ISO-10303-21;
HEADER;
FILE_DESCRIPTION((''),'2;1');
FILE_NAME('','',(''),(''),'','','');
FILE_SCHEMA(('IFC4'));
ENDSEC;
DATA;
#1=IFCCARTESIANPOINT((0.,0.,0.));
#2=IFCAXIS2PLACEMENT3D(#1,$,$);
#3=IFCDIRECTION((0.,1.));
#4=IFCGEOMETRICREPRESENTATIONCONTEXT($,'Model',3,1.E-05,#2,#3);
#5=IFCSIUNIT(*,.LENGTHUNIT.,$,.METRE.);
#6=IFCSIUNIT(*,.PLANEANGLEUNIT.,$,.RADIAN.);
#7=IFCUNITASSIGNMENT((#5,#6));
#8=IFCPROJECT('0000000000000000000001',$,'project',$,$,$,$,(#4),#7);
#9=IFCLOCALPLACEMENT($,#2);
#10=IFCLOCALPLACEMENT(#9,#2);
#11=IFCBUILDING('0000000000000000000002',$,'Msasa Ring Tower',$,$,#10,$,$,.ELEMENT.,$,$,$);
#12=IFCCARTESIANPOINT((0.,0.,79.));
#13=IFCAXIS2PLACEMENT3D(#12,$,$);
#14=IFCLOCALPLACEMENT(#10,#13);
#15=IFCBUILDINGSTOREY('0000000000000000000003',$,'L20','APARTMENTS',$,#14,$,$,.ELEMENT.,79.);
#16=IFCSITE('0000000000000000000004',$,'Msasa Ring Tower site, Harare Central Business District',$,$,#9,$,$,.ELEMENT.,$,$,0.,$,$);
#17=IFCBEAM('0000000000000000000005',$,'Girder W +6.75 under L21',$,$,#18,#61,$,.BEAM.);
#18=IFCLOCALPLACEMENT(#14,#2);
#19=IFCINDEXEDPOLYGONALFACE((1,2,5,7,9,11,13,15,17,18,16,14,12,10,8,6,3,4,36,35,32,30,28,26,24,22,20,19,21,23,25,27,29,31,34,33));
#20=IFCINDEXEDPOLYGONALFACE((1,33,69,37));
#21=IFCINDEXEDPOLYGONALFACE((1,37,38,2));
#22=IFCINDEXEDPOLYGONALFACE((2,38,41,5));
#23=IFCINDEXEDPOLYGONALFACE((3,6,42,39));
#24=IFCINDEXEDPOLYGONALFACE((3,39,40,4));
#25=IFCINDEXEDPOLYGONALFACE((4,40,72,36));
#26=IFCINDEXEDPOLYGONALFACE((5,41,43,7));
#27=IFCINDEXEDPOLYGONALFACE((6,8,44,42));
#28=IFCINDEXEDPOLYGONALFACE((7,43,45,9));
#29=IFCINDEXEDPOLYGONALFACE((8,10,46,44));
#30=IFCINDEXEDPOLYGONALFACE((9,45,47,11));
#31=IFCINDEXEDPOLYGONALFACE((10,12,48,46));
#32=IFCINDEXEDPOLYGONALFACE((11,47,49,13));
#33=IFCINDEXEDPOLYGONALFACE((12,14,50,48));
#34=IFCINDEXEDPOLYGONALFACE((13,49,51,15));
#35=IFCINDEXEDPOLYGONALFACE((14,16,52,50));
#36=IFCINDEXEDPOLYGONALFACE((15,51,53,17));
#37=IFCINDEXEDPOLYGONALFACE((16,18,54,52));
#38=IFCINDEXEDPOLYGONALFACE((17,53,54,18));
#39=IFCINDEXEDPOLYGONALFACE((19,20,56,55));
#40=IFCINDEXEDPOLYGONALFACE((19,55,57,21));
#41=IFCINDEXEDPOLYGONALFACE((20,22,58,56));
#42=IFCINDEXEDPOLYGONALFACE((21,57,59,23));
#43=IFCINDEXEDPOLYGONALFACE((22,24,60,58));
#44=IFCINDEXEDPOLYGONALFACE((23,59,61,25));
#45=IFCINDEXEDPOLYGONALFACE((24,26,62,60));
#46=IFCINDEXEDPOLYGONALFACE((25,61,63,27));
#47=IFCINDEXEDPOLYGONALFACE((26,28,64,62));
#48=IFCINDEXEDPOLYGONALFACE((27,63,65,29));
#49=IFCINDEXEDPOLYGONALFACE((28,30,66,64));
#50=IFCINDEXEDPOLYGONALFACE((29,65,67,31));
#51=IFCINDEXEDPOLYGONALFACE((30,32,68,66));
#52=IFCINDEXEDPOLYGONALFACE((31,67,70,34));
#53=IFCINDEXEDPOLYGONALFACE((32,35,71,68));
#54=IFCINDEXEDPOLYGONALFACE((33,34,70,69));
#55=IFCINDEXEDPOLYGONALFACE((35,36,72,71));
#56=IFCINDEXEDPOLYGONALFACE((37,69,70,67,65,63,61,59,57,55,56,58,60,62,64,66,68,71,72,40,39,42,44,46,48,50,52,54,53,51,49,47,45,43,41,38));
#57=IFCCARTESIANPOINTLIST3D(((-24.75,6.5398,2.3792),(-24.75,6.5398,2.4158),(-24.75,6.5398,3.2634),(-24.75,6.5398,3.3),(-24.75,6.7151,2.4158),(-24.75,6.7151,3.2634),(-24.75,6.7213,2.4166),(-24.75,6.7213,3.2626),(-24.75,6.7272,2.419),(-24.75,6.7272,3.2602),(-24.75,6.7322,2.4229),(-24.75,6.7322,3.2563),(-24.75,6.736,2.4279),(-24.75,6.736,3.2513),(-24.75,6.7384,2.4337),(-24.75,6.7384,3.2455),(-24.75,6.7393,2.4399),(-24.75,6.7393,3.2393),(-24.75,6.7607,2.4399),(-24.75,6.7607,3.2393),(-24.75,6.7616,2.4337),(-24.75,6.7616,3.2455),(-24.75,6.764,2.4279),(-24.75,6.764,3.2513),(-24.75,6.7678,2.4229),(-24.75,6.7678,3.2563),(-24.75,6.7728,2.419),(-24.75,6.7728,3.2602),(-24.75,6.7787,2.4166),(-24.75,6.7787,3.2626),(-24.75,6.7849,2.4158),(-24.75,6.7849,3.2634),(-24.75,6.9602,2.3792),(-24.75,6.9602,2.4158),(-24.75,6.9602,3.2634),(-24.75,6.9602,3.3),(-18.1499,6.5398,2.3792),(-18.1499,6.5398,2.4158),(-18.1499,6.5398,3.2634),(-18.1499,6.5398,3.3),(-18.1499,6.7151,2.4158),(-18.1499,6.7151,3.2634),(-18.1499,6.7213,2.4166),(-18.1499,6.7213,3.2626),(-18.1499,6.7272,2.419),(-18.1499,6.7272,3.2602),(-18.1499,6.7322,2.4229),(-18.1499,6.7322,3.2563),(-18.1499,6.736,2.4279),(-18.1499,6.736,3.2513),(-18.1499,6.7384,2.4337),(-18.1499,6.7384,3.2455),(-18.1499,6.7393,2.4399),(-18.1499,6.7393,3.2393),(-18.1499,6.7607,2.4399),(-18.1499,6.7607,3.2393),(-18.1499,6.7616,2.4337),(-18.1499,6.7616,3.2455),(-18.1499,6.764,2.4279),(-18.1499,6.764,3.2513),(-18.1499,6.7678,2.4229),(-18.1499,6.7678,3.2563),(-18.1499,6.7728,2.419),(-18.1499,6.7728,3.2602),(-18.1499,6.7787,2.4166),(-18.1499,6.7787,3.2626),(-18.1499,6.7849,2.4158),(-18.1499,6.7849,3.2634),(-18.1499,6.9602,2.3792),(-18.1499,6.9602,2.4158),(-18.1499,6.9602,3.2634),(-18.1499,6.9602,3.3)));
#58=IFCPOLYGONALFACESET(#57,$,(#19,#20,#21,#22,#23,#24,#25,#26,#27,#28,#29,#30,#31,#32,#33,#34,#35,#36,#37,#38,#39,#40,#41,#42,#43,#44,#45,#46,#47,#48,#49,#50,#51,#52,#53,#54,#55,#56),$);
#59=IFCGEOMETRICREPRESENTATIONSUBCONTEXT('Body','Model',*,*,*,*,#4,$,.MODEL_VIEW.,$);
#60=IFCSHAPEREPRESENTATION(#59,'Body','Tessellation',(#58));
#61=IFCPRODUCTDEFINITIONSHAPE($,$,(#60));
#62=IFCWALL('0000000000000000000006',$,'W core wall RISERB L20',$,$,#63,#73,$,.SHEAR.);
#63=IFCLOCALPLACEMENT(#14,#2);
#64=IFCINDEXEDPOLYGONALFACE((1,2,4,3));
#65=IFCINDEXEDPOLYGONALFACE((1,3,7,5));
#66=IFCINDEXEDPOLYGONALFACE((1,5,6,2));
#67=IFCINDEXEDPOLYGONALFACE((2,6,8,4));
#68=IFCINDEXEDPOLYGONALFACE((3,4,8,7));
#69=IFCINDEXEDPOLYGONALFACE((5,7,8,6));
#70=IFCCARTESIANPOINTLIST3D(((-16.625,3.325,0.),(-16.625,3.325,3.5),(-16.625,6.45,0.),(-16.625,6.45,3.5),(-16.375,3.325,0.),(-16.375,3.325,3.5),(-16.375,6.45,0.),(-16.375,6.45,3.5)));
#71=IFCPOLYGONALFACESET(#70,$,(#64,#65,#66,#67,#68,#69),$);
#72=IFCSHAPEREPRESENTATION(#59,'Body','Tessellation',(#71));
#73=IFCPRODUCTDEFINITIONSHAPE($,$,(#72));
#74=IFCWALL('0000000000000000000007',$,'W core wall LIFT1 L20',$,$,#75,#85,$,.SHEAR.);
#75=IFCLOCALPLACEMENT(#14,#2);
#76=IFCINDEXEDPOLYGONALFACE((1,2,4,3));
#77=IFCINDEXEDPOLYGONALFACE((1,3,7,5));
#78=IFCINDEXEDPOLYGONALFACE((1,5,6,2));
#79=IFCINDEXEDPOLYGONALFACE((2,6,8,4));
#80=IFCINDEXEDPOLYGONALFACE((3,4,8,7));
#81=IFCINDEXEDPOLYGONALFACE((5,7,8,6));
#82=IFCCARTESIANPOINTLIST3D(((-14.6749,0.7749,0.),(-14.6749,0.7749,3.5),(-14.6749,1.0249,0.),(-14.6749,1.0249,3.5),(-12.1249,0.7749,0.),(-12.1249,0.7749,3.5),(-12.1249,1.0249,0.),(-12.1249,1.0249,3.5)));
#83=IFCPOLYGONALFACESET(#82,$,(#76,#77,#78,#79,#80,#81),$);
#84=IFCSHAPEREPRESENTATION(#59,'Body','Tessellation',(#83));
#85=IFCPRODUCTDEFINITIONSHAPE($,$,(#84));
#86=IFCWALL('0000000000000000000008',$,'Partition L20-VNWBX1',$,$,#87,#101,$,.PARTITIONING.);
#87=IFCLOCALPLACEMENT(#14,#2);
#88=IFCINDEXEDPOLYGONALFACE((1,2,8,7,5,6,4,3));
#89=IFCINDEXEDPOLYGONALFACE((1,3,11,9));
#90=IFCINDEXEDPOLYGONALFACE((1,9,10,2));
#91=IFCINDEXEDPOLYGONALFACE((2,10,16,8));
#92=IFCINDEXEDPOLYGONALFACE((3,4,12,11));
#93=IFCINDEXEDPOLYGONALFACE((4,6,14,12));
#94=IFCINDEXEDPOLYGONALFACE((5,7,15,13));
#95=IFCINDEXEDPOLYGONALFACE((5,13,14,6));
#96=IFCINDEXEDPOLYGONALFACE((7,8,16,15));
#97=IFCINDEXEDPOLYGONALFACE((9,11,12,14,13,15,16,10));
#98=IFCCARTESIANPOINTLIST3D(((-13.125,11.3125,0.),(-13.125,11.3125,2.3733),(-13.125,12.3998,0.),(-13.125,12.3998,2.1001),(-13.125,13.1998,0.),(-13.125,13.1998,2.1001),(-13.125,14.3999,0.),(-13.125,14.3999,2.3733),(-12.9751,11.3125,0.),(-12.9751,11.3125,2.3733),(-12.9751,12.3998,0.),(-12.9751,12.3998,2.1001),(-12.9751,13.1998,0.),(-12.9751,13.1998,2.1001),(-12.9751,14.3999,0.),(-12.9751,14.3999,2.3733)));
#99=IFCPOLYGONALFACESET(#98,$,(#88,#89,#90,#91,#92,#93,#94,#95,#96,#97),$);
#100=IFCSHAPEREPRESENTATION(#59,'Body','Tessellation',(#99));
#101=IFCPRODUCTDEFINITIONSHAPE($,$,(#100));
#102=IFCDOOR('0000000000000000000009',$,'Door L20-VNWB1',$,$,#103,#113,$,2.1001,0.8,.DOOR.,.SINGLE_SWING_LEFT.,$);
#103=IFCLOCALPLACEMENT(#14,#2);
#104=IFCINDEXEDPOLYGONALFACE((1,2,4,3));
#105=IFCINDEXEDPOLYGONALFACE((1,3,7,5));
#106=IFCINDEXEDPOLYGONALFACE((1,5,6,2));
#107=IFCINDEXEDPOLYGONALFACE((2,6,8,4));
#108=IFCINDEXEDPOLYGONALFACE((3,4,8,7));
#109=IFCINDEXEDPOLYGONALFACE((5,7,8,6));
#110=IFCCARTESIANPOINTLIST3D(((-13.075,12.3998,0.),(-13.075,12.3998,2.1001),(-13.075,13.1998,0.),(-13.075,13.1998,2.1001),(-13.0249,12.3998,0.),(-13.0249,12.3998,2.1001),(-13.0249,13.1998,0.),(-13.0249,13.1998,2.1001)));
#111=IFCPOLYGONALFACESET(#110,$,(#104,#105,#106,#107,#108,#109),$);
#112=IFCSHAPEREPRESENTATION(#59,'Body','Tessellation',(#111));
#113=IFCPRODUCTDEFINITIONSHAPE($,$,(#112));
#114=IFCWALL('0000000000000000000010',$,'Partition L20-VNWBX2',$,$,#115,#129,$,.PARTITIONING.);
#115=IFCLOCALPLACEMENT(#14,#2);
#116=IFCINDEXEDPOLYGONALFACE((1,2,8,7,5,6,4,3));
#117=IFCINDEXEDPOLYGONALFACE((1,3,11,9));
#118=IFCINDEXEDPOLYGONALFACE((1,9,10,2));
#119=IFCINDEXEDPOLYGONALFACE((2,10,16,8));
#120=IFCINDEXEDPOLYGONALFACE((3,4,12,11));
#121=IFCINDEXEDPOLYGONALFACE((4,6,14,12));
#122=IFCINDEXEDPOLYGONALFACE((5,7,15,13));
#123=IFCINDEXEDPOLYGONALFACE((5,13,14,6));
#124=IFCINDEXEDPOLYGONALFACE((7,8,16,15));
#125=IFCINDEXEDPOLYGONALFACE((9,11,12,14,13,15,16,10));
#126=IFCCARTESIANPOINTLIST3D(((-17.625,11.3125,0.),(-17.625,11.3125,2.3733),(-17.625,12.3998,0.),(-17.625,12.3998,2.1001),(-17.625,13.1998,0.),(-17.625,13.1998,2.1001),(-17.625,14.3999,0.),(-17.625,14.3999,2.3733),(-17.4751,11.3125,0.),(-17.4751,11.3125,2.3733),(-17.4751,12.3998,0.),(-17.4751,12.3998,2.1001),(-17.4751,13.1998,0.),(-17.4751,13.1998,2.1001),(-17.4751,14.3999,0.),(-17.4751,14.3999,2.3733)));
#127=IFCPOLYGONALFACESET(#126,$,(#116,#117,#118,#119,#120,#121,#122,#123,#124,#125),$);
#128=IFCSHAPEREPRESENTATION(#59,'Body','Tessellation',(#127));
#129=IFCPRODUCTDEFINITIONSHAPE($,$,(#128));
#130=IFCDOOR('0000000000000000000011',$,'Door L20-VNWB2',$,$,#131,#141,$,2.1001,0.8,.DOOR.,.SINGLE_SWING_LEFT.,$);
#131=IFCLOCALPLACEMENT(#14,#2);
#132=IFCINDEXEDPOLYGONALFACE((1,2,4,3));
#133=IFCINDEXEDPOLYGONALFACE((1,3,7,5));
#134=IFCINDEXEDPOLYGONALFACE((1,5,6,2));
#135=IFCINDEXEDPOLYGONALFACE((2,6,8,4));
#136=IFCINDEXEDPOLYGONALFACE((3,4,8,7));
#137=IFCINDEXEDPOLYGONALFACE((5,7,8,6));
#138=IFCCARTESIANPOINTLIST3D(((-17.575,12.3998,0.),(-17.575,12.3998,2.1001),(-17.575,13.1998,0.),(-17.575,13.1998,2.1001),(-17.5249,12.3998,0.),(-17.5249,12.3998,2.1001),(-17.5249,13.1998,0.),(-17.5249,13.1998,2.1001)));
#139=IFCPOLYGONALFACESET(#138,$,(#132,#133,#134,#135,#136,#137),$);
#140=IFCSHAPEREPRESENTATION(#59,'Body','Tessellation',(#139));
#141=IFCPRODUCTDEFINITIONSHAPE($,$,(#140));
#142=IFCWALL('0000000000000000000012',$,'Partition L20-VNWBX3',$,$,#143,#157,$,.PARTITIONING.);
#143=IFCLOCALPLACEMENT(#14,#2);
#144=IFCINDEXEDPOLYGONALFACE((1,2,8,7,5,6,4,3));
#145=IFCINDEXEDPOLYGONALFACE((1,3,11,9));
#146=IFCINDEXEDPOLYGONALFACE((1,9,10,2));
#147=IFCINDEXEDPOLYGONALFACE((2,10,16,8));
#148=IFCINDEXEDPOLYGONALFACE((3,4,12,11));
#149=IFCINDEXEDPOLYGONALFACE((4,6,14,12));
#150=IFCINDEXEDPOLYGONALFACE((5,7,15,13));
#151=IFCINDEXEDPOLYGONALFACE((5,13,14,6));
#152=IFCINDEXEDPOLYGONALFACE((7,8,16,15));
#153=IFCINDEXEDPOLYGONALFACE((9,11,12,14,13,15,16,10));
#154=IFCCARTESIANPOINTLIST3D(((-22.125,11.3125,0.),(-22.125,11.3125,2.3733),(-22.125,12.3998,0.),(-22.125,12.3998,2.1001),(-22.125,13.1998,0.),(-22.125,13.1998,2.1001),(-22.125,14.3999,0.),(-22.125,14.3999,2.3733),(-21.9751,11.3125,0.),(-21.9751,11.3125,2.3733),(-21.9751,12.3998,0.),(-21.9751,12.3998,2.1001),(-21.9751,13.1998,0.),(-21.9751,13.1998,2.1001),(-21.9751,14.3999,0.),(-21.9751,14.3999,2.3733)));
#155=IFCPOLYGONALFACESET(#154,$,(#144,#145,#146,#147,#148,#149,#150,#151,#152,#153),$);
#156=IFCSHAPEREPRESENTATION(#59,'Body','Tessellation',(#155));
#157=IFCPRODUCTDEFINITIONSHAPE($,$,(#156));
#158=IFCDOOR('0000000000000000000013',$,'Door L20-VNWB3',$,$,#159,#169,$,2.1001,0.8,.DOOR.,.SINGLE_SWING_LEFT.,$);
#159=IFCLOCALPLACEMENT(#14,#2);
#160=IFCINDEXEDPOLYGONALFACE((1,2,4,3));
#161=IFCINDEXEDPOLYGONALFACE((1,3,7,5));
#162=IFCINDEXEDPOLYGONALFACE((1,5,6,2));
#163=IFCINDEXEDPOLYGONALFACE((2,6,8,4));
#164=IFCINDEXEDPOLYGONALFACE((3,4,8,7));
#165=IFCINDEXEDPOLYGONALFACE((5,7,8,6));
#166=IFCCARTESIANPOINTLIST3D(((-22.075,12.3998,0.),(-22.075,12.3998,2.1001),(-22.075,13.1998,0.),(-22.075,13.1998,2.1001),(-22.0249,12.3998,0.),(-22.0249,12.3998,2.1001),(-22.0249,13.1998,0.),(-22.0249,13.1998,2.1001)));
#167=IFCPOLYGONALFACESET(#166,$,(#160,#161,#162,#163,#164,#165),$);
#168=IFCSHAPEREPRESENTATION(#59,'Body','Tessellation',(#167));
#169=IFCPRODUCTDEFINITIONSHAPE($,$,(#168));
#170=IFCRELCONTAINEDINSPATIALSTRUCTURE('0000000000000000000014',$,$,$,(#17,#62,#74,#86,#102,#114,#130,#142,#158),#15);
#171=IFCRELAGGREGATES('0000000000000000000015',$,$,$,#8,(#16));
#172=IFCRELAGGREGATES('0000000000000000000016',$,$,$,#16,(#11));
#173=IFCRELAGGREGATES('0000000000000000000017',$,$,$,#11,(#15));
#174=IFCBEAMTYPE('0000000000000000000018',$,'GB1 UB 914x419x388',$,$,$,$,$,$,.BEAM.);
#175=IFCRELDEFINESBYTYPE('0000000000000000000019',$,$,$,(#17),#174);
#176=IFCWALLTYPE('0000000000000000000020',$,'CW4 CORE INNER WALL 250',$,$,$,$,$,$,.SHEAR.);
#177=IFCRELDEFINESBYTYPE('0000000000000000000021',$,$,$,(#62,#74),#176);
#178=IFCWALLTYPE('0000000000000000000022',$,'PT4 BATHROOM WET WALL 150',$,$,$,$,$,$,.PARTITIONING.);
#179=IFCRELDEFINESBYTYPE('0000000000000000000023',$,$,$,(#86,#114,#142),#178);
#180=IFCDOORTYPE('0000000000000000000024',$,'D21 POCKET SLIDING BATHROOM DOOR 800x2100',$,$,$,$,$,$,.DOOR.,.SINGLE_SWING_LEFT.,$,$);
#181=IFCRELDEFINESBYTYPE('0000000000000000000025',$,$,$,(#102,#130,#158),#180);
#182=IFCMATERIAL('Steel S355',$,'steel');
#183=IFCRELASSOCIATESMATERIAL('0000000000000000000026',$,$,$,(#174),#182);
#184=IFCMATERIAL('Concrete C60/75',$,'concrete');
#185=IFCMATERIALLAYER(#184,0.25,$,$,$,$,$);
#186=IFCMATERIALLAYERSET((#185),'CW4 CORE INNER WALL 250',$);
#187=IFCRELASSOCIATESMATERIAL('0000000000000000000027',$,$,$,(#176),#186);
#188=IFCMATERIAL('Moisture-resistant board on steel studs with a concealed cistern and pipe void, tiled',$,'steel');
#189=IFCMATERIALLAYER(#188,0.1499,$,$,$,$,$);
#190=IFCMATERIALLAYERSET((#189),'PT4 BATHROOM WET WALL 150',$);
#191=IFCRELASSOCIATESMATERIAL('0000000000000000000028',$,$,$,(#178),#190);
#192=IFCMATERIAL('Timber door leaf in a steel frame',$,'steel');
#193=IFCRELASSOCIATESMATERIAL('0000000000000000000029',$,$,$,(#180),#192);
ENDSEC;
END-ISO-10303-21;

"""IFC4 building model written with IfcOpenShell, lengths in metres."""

from ifc_helpers import new_model, si_unit, direction, frame, frame_2d, origin, origin_2d, place, context, subcontext, project, spatial, rectangle, i_section, extrude, material, layer, layer_set, material_profile, profile_set, type_object, element, fill, save


model = new_model("IFC4")

# Units and contexts
model_context = context("Model", 3, precision=1e-05, world=origin(), true_north=direction((0.0, 1.0)))
body_context = subcontext(model_context, "Body", "Model", "MODEL_VIEW")
ifc_project = project(units=[si_unit("LENGTHUNIT", "METRE"), si_unit("PLANEANGLEUNIT", "RADIAN")], contexts=[model_context])

# Site, building, storey
site_placement = place(None, origin())
site = spatial("IfcSite", under=ifc_project, at=site_placement, Name="Msasa Ring Tower site, Harare Central Business District", CompositionType="ELEMENT", RefElevation=0.0)
building_placement = place(site_placement, origin())
building = spatial("IfcBuilding", under=site, at=building_placement, Name="Msasa Ring Tower", CompositionType="ELEMENT")
storey_placement = place(building_placement, frame((0.0, 0.0, 79.0)))
storey = spatial("IfcBuildingStorey", under=building, at=storey_placement, Name="L20", Description="APARTMENTS", CompositionType="ELEMENT", Elevation=79.0)

# Beam
ifc_material_1 = material(Name="Steel S355", Category="steel")
ifc_material_profile = material_profile(ifc_material_1, i_section(OverallWidth=0.4204, OverallDepth=0.9209, WebThickness=0.0215, FlangeThickness=0.0366, FilletRadius=0.0242, at=origin_2d()), Name="UB 914x419x388")
ifc_profile_set = profile_set([ifc_material_profile], Name="Steel S355")
beam_type = type_object("IfcBeamType", Name="GB1 UB 914x419x388", PredefinedType="BEAM", material=ifc_profile_set)
beam_placement = place(storey_placement, frame((-18.1499, 6.75, 2.8396), z_axis=(-1.0, 0.0, 0.0), x_axis=(0.0, -1.0, 0.0)))
element("IfcBeam", 1, at=beam_placement, inside=storey, type_object=beam_type, Name="Girder W +6.75 under L21", PredefinedType="BEAM", context=body_context, shape_type="SweptSolid", body=[
    extrude(i_section(OverallWidth=0.4204, OverallDepth=0.9209, WebThickness=0.0215, FlangeThickness=0.0366, FilletRadius=0.0242, at=origin_2d()), origin(), (0.0, 0.0, 1.0), 6.6001),
])

# Walls
ifc_material_2 = material(Name="Concrete C60/75", Category="concrete")
ifc_layer_1 = layer(ifc_material_2, 0.25)
ifc_layer_set_1 = layer_set([ifc_layer_1], Name="CW4 CORE INNER WALL 250")
wall_type_1 = type_object("IfcWallType", Name="CW4 CORE INNER WALL 250", PredefinedType="SHEAR", material=ifc_layer_set_1)
wall_1_placement = place(storey_placement, frame((-16.5, 3.325, 0.0), z_axis=(0.0, 0.0, 1.0), x_axis=(0.0, 1.0, 0.0)))
element("IfcWall", 2, at=wall_1_placement, inside=storey, type_object=wall_type_1, Name="W core wall RISERB L20", PredefinedType="SHEAR", context=body_context, shape_type="SweptSolid", body=[
    extrude(rectangle(XDim=3.125, YDim=0.25, at=frame_2d((1.5625, 0.0))), origin(), (0.0, 0.0, 1.0), 3.5),
])
wall_2_placement = place(storey_placement, frame((-12.125, 0.8999, 0.0), z_axis=(0.0, 0.0, 1.0), x_axis=(-1.0, 0.0, 0.0)))
element("IfcWall", 3, at=wall_2_placement, inside=storey, type_object=wall_type_1, Name="W core wall LIFT1 L20", PredefinedType="SHEAR", context=body_context, shape_type="SweptSolid", body=[
    extrude(rectangle(XDim=2.55, YDim=0.25, at=frame_2d((1.2749, 0.0))), origin(), (0.0, 0.0, 1.0), 3.5),
])

# Walls, openings, doors
ifc_material_3 = material(Name="Moisture-resistant board on steel studs with a concealed cistern and pipe void, tiled", Category="steel")
ifc_layer_2 = layer(ifc_material_3, 0.1499)
ifc_layer_set_2 = layer_set([ifc_layer_2], Name="PT4 BATHROOM WET WALL 150")
wall_type_2 = type_object("IfcWallType", Name="PT4 BATHROOM WET WALL 150", PredefinedType="PARTITIONING", material=ifc_layer_set_2)
wall_3_placement = place(storey_placement, frame((-13.05, 11.3125, 0.0), z_axis=(0.0, 0.0, 1.0), x_axis=(0.0, 1.0, 0.0)))
wall_3 = element("IfcWall", 4, at=wall_3_placement, inside=storey, type_object=wall_type_2, Name="Partition L20-VNWBX1", PredefinedType="PARTITIONING", context=body_context, shape_type="SweptSolid", body=[
    extrude(rectangle(XDim=3.0874, YDim=0.1499, at=frame_2d((1.5437, 0.0))), origin(), (0.0, 0.0, 1.0), 2.3733),
])
opening_1_placement = place(wall_3_placement, frame((1.0874, 0.0, 0.0)))
opening_1 = element("IfcOpeningElement", 5, at=opening_1_placement, cuts=wall_3, PredefinedType="OPENING", context=body_context, shape_type="SweptSolid", body=[
    extrude(rectangle(XDim=0.8, YDim=2.1001, at=frame_2d((0.3999, 1.05))), frame((0.0, 0.085, 0.0), z_axis=(0.0, -1.0, 0.0), x_axis=(1.0, 0.0, 0.0)), (0.0, 0.0, 1.0), 0.1699),
])
ifc_material_4 = material(Name="Timber door leaf in a steel frame", Category="steel")
door_type = type_object("IfcDoorType", Name="D21 POCKET SLIDING BATHROOM DOOR 800x2100", OperationType="SINGLE_SWING_LEFT", PredefinedType="DOOR", material=ifc_material_4)
door_1_placement = place(opening_1_placement, origin())
door_1 = element("IfcDoor", 6, at=door_1_placement, inside=storey, type_object=door_type, Name="Door L20-VNWB1", OperationType="SINGLE_SWING_LEFT", OverallHeight=2.1001, OverallWidth=0.8, PredefinedType="DOOR", context=body_context, shape_type="SweptSolid", body=[
    extrude(rectangle(XDim=0.8, YDim=2.1001, at=frame_2d((0.3999, 1.05))), frame((0.0, 0.0249, 0.0), z_axis=(0.0, -1.0, 0.0), x_axis=(1.0, 0.0, 0.0)), (0.0, 0.0, 1.0), 0.05),
])
fill(opening_1, door_1)
wall_4_placement = place(storey_placement, frame((-17.55, 11.3125, 0.0), z_axis=(0.0, 0.0, 1.0), x_axis=(0.0, 1.0, 0.0)))
wall_4 = element("IfcWall", 7, at=wall_4_placement, inside=storey, type_object=wall_type_2, Name="Partition L20-VNWBX2", PredefinedType="PARTITIONING", context=body_context, shape_type="SweptSolid", body=[
    extrude(rectangle(XDim=3.0874, YDim=0.1499, at=frame_2d((1.5437, 0.0))), origin(), (0.0, 0.0, 1.0), 2.3733),
])
opening_2_placement = place(wall_4_placement, frame((1.0874, 0.0, 0.0)))
opening_2 = element("IfcOpeningElement", 8, at=opening_2_placement, cuts=wall_4, PredefinedType="OPENING", context=body_context, shape_type="SweptSolid", body=[
    extrude(rectangle(XDim=0.8, YDim=2.1001, at=frame_2d((0.3999, 1.05))), frame((0.0, 0.085, 0.0), z_axis=(0.0, -1.0, 0.0), x_axis=(1.0, 0.0, 0.0)), (0.0, 0.0, 1.0), 0.1699),
])
door_2_placement = place(opening_2_placement, origin())
door_2 = element("IfcDoor", 9, at=door_2_placement, inside=storey, type_object=door_type, Name="Door L20-VNWB2", OperationType="SINGLE_SWING_LEFT", OverallHeight=2.1001, OverallWidth=0.8, PredefinedType="DOOR", context=body_context, shape_type="SweptSolid", body=[
    extrude(rectangle(XDim=0.8, YDim=2.1001, at=frame_2d((0.3999, 1.05))), frame((0.0, 0.0249, 0.0), z_axis=(0.0, -1.0, 0.0), x_axis=(1.0, 0.0, 0.0)), (0.0, 0.0, 1.0), 0.05),
])
fill(opening_2, door_2)
wall_5_placement = place(storey_placement, frame((-22.05, 11.3125, 0.0), z_axis=(0.0, 0.0, 1.0), x_axis=(0.0, 1.0, 0.0)))
wall_5 = element("IfcWall", 10, at=wall_5_placement, inside=storey, type_object=wall_type_2, Name="Partition L20-VNWBX3", PredefinedType="PARTITIONING", context=body_context, shape_type="SweptSolid", body=[
    extrude(rectangle(XDim=3.0874, YDim=0.1499, at=frame_2d((1.5437, 0.0))), origin(), (0.0, 0.0, 1.0), 2.3733),
])
opening_3_placement = place(wall_5_placement, frame((1.0874, 0.0, 0.0)))
opening_3 = element("IfcOpeningElement", 11, at=opening_3_placement, cuts=wall_5, PredefinedType="OPENING", context=body_context, shape_type="SweptSolid", body=[
    extrude(rectangle(XDim=0.8, YDim=2.1001, at=frame_2d((0.3999, 1.05))), frame((0.0, 0.085, 0.0), z_axis=(0.0, -1.0, 0.0), x_axis=(1.0, 0.0, 0.0)), (0.0, 0.0, 1.0), 0.1699),
])
door_3_placement = place(opening_3_placement, origin())
door_3 = element("IfcDoor", 12, at=door_3_placement, inside=storey, type_object=door_type, Name="Door L20-VNWB3", OperationType="SINGLE_SWING_LEFT", OverallHeight=2.1001, OverallWidth=0.8, PredefinedType="DOOR", context=body_context, shape_type="SweptSolid", body=[
    extrude(rectangle(XDim=0.8, YDim=2.1001, at=frame_2d((0.3999, 1.05))), frame((0.0, 0.0249, 0.0), z_axis=(0.0, -1.0, 0.0), x_axis=(1.0, 0.0, 0.0)), (0.0, 0.0, 1.0), 0.05),
])
fill(opening_3, door_3)

save(model, "model.ifc")
